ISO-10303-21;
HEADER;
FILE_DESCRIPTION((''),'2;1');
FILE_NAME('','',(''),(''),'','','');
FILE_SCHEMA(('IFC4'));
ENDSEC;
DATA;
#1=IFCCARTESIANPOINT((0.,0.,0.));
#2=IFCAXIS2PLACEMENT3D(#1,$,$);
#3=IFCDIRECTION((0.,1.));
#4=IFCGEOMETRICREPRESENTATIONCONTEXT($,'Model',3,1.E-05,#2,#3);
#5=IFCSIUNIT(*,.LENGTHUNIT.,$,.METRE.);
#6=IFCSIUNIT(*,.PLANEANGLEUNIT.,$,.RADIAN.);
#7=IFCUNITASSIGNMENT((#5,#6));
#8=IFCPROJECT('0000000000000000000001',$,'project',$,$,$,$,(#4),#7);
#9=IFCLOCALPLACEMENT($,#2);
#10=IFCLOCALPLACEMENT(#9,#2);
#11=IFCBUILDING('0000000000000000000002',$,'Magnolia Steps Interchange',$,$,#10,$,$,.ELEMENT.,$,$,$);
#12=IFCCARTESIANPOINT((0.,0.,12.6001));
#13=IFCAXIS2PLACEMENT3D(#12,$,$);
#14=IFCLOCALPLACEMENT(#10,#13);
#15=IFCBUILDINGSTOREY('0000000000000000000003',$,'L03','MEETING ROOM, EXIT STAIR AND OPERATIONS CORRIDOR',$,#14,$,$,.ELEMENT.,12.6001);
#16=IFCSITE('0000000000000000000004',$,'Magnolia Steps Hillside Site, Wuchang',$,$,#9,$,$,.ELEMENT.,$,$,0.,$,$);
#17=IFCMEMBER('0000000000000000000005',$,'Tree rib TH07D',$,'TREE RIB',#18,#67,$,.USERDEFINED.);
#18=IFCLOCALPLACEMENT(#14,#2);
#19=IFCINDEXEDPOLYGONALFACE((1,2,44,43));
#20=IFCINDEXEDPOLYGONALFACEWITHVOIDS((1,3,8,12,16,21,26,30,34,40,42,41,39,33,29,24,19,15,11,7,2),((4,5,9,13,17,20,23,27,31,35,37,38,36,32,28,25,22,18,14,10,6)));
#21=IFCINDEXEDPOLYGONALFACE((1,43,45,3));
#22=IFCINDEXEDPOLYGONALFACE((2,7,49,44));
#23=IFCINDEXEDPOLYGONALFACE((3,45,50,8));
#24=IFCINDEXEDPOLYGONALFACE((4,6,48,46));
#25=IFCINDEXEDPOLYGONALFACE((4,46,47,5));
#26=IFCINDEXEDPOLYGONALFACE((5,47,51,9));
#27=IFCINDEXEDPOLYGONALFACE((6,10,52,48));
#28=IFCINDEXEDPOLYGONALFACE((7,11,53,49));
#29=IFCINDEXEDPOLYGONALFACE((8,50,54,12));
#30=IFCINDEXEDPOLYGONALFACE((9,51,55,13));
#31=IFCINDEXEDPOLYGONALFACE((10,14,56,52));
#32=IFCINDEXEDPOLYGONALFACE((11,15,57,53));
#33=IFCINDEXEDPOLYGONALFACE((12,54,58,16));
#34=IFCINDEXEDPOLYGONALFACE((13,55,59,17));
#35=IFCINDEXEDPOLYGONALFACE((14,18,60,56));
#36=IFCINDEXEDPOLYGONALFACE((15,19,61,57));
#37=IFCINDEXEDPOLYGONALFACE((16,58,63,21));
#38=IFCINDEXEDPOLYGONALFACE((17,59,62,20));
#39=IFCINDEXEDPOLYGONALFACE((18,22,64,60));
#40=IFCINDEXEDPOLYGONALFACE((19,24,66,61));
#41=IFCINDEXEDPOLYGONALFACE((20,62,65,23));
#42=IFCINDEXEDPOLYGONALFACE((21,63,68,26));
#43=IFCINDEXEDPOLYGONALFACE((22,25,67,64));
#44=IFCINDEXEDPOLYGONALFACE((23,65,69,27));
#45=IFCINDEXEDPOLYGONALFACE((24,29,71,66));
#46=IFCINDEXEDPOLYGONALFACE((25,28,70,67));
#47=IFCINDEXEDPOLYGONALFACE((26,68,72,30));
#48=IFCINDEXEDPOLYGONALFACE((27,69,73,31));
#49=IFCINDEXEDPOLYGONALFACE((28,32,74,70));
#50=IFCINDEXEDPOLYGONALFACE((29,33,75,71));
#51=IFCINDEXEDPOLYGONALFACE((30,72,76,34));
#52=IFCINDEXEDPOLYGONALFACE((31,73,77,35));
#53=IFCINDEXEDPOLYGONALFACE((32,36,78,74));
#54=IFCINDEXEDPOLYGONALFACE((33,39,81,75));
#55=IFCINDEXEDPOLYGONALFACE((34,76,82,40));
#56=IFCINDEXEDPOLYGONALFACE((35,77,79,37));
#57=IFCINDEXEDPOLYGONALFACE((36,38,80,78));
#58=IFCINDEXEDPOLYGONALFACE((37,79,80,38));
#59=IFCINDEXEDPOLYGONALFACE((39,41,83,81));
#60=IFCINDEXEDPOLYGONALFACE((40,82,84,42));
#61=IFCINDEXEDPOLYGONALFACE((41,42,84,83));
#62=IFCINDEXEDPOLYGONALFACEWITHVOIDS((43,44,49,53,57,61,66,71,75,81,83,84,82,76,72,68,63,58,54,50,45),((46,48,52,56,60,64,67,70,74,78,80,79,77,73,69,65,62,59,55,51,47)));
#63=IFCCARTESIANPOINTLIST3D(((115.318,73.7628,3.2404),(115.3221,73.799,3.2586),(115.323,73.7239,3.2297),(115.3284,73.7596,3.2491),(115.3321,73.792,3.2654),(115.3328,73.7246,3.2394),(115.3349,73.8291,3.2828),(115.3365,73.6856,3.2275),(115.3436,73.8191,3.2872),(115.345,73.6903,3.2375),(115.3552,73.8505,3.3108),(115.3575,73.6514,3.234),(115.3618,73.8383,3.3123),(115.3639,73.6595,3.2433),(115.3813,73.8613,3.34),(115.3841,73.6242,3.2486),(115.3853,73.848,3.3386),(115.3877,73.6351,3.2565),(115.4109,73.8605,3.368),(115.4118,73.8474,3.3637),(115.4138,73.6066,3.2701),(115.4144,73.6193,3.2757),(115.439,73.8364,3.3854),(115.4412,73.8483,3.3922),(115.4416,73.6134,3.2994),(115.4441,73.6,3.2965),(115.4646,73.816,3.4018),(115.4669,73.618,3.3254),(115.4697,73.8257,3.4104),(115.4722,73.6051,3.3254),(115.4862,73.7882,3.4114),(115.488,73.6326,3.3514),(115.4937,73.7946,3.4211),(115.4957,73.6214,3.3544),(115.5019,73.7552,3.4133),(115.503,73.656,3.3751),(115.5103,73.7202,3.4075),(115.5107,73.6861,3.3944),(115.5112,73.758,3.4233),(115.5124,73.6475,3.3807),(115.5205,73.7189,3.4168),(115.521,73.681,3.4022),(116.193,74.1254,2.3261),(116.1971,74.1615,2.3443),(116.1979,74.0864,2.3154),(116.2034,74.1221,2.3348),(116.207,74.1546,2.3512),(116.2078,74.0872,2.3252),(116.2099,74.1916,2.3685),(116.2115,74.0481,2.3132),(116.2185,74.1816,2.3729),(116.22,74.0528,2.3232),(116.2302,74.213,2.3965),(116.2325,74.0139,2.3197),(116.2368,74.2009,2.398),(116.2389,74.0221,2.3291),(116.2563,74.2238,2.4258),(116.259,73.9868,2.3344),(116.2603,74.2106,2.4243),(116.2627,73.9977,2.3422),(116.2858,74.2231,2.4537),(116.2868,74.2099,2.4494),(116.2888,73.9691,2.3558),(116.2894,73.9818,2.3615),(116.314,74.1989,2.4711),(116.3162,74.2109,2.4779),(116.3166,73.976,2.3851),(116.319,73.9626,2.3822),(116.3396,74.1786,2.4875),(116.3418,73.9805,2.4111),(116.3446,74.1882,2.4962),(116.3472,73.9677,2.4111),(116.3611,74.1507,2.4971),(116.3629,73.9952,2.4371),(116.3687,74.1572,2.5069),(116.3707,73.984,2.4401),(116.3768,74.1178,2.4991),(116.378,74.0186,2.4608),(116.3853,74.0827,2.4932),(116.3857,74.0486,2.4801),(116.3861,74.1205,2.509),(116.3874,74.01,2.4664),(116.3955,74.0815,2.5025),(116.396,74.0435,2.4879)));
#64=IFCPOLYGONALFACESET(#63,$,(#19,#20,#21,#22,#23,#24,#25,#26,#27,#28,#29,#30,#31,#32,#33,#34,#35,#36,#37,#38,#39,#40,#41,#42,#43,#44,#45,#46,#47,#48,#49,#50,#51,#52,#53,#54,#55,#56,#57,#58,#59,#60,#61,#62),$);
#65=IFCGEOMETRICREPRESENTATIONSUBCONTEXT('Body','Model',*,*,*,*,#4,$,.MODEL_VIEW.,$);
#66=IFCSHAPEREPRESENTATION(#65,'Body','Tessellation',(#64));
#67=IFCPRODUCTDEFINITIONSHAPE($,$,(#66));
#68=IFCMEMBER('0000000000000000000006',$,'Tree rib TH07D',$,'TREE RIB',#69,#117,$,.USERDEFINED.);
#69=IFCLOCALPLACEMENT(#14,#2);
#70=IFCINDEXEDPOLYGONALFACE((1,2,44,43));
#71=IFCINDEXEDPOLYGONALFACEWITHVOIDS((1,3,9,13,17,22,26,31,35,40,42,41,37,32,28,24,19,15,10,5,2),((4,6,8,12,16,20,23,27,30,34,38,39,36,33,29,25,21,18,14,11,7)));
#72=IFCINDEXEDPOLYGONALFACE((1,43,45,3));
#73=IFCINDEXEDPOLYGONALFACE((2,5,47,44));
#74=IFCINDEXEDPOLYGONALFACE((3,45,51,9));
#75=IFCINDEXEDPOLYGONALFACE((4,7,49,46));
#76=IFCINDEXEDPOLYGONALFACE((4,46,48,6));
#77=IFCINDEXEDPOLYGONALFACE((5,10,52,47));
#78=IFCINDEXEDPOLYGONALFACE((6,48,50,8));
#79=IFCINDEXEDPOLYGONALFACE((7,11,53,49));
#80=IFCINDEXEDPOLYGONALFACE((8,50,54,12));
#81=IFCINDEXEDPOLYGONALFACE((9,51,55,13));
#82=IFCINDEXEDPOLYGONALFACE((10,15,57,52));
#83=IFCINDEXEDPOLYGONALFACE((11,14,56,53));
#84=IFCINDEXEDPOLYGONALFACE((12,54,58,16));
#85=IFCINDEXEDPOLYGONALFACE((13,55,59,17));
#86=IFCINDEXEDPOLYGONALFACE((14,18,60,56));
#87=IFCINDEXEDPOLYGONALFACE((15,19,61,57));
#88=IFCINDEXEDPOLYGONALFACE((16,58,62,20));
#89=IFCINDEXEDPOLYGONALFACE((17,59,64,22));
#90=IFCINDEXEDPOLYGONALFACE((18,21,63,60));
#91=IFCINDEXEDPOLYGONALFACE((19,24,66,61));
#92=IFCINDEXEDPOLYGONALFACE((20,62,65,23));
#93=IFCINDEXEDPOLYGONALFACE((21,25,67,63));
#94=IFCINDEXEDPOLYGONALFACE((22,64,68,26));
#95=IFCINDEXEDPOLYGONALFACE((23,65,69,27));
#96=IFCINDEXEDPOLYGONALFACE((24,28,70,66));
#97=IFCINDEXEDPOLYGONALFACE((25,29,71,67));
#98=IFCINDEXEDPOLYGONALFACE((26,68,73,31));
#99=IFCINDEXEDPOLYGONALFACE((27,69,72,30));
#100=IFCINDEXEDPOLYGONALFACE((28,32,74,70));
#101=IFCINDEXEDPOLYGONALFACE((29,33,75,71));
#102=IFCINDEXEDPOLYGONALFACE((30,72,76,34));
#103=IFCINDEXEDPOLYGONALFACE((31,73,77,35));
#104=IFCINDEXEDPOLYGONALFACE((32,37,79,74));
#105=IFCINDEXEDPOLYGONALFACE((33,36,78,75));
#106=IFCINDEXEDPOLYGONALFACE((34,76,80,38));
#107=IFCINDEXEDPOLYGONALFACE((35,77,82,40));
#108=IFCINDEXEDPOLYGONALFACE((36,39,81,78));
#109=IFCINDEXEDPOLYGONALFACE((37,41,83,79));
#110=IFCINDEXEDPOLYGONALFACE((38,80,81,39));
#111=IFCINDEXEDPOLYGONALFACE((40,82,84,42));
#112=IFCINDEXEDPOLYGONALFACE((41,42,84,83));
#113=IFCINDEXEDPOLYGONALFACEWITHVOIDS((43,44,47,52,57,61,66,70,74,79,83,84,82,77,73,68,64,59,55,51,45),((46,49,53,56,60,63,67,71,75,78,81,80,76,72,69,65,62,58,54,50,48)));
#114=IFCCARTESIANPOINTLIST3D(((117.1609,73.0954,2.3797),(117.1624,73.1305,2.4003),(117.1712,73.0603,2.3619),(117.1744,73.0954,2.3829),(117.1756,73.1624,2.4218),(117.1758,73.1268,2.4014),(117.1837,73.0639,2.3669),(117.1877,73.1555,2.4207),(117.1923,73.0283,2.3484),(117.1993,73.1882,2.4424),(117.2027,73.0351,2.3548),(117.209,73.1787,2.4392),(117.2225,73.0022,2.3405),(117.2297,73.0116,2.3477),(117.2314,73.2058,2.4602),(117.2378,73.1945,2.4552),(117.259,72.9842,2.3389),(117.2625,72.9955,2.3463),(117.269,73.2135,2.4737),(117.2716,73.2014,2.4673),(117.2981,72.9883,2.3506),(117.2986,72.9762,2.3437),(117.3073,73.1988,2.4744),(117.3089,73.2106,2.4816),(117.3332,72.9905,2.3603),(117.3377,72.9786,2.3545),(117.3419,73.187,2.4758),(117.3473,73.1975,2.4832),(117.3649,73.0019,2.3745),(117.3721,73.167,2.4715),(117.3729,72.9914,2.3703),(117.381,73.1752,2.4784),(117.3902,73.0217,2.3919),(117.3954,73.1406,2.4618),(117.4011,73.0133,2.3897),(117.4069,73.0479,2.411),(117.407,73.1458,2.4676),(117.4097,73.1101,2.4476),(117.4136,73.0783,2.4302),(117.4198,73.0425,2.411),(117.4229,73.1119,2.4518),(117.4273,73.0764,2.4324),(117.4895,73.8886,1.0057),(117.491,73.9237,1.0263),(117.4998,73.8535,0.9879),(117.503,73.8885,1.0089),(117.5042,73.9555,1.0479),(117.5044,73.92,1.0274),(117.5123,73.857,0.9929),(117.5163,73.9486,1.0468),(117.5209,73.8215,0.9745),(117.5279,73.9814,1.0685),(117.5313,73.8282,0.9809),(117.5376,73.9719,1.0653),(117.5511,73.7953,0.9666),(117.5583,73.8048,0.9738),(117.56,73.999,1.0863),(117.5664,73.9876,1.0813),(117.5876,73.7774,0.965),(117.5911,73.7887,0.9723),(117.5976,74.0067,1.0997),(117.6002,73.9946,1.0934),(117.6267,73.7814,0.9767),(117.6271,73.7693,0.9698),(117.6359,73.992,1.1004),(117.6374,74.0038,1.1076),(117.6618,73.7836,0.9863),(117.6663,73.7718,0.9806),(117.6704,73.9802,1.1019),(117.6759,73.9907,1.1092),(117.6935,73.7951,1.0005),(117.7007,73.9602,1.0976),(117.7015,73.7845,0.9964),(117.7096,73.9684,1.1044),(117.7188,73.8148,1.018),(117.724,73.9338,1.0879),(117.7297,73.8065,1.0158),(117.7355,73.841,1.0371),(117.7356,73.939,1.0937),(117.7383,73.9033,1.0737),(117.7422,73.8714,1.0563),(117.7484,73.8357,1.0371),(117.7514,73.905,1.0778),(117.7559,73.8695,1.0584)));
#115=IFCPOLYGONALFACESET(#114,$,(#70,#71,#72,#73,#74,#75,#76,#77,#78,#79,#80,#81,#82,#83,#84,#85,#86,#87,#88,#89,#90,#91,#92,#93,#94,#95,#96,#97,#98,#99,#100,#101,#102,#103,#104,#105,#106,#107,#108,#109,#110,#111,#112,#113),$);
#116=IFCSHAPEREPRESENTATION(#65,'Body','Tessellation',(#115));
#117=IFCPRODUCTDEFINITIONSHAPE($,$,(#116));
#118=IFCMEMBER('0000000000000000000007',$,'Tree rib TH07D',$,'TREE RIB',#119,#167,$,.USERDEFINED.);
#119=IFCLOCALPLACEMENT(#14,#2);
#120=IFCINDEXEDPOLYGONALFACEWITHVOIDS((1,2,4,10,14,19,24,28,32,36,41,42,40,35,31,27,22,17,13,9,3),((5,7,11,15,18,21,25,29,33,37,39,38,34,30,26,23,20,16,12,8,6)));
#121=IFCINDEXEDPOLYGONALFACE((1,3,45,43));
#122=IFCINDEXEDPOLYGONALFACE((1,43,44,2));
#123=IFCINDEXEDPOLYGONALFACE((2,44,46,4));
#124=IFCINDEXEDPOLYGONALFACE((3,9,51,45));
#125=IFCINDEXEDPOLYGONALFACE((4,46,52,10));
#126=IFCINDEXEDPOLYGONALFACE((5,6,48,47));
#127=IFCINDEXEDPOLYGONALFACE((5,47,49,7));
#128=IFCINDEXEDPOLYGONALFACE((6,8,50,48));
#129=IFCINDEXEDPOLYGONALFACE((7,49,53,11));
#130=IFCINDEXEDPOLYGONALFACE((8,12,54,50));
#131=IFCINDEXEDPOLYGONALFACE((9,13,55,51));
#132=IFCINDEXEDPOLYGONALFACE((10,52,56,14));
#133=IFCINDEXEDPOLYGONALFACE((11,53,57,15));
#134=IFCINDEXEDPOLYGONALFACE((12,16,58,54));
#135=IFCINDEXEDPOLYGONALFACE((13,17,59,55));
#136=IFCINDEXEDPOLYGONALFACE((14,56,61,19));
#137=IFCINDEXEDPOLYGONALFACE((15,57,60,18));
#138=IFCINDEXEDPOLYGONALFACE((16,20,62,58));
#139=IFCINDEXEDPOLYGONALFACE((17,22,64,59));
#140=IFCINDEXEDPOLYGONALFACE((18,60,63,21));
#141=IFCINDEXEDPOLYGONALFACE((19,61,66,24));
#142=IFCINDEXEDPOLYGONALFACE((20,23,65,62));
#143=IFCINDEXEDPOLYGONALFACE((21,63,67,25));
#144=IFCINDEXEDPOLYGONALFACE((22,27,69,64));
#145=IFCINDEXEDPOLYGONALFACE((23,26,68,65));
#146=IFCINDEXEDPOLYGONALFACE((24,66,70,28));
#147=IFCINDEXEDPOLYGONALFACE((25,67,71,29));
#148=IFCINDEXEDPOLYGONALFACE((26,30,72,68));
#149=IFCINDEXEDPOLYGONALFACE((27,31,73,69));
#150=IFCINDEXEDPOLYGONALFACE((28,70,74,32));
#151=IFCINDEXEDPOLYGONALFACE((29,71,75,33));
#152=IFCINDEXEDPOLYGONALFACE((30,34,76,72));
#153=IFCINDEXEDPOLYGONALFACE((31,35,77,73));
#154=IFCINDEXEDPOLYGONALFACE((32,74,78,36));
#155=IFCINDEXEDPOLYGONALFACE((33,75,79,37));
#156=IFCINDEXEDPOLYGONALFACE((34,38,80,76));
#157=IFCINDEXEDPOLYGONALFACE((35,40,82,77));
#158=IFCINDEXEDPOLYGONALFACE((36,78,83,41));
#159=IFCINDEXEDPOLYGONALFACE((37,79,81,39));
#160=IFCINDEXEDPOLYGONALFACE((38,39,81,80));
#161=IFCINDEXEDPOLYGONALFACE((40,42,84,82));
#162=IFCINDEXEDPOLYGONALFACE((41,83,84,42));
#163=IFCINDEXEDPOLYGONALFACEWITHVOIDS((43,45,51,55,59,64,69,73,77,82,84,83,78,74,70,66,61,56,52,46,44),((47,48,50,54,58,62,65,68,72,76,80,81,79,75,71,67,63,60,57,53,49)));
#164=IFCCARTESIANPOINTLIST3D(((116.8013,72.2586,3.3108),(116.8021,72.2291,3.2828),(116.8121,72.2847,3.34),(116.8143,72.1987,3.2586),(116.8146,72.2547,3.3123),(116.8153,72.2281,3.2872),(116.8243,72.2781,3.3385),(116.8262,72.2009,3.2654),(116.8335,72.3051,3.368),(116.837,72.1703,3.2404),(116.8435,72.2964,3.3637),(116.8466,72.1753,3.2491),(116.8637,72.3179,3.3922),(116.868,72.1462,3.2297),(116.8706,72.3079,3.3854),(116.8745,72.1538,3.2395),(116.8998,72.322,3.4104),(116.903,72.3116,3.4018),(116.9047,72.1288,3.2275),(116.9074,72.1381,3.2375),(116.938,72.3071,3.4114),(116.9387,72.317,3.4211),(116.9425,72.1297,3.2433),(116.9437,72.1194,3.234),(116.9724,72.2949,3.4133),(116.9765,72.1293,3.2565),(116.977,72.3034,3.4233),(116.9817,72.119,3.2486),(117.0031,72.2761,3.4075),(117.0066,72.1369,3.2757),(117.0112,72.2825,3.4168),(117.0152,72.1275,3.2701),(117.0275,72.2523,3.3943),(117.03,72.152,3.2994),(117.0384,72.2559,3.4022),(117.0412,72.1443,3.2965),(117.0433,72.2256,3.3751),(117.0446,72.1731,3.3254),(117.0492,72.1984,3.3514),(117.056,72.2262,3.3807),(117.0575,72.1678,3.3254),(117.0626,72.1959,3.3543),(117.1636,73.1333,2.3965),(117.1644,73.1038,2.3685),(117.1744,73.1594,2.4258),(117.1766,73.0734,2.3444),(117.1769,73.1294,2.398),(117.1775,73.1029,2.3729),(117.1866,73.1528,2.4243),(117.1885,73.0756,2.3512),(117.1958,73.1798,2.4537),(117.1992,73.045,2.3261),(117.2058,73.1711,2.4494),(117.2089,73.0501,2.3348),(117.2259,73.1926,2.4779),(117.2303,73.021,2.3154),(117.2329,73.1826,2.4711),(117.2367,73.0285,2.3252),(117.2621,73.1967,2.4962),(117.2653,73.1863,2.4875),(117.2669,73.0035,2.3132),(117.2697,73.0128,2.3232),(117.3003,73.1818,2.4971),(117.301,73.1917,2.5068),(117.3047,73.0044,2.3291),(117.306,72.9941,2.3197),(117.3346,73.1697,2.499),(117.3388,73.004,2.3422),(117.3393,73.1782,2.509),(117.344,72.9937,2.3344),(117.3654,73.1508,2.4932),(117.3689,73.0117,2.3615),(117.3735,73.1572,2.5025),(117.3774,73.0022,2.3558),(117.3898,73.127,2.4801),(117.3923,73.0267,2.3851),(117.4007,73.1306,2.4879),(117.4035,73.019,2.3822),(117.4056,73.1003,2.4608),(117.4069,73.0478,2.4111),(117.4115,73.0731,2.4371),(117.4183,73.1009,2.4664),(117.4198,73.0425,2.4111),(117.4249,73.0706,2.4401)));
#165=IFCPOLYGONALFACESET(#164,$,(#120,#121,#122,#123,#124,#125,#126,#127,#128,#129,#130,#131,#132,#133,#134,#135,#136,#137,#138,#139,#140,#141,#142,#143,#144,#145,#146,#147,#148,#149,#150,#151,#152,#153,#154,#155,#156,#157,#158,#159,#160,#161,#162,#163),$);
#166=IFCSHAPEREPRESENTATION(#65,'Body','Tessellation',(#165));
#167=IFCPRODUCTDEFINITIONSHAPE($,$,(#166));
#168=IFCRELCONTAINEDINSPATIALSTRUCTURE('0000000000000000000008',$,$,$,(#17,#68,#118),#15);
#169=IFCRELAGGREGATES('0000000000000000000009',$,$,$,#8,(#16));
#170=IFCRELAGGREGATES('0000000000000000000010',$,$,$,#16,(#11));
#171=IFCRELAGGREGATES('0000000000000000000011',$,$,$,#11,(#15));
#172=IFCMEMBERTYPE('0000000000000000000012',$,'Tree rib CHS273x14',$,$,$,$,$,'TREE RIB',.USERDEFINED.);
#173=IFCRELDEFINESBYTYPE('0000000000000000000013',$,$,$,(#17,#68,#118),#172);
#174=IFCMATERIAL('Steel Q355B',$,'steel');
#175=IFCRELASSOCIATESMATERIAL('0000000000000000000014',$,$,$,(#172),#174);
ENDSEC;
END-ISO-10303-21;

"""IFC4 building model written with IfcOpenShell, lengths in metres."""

from ifc_helpers import new_model, si_unit, direction, frame, origin, origin_2d, place, context, subcontext, project, spatial, hollow_circle, extrude, material, material_profile, profile_set, type_object, element, save


model = new_model("IFC4")

# Units and contexts
model_context = context("Model", 3, precision=1e-05, world=origin(), true_north=direction((0.0, 1.0)))
body_context = subcontext(model_context, "Body", "Model", "MODEL_VIEW")
ifc_project = project(units=[si_unit("LENGTHUNIT", "METRE"), si_unit("PLANEANGLEUNIT", "RADIAN")], contexts=[model_context])

# Site, building, storey
site_placement = place(None, origin())
site = spatial("IfcSite", under=ifc_project, at=site_placement, Name="Magnolia Steps Hillside Site, Wuchang", CompositionType="ELEMENT", RefElevation=0.0)
building_placement = place(site_placement, origin())
building = spatial("IfcBuilding", under=site, at=building_placement, Name="Magnolia Steps Interchange", CompositionType="ELEMENT")
storey_placement = place(building_placement, frame((0.0, 0.0, 12.6001)))
storey = spatial("IfcBuildingStorey", under=building, at=storey_placement, Name="L03", Description="MEETING ROOM, EXIT STAIR AND OPERATIONS CORRIDOR", CompositionType="ELEMENT", Elevation=12.6001)

# Members
ifc_material_1 = material(Name="Steel Q355B", Category="steel")
ifc_material_profile_1 = material_profile(ifc_material_1, hollow_circle(Radius=0.1365, WallThickness=0.0139, at=origin_2d()), Name="CHS273x14")
ifc_profile_set_1 = profile_set([ifc_material_profile_1], Name="Steel Q355B")
member_type_1 = type_object("IfcMemberType", Name="Tree rib CHS273x14", ElementType="TREE RIB", PredefinedType="USERDEFINED", material=ifc_profile_set_1)
member_1_placement = place(storey_placement, frame((116.2949, 74.0938, 2.4111), z_axis=(-0.66467, -0.2754, 0.694528), x_axis=(0.382784, -0.923838, 0.0)))
element("IfcMember", 1, at=member_1_placement, inside=storey, type_object=member_type_1, Name="Tree rib TH07D", ObjectType="TREE RIB", PredefinedType="USERDEFINED", context=body_context, shape_type="SweptSolid", body=[
    extrude(hollow_circle(Radius=0.1365, WallThickness=0.0139, at=origin_2d()), origin(), (0.0, 0.0, 1.0), 1.3164),
])
member_2_placement = place(storey_placement, frame((117.6223, 73.8879, 1.0371), z_axis=(-0.20282, -0.489571, 0.848047), x_axis=(0.923857, -0.382737, 0.0)))
element("IfcMember", 2, at=member_2_placement, inside=storey, type_object=member_type_1, Name="Tree rib TH07D", ObjectType="TREE RIB", PredefinedType="USERDEFINED", context=body_context, shape_type="SweptSolid", body=[
    extrude(hollow_circle(Radius=0.1365, WallThickness=0.0139, at=origin_2d()), origin(), (0.0, 0.0, 1.0), 1.6201),
])
member_3_placement = place(storey_placement, frame((117.2937, 73.0947, 2.4111), z_axis=(-0.275263, -0.6646, 0.694649), x_axis=(0.923891, -0.382655, 0.0)))
element("IfcMember", 3, at=member_3_placement, inside=storey, type_object=member_type_1, Name="Tree rib TH07D", ObjectType="TREE RIB", PredefinedType="USERDEFINED", context=body_context, shape_type="SweptSolid", body=[
    extrude(hollow_circle(Radius=0.1365, WallThickness=0.0139, at=origin_2d()), origin(), (0.0, 0.0, 1.0), 1.3162),
])

save(model, "model.ifc")
